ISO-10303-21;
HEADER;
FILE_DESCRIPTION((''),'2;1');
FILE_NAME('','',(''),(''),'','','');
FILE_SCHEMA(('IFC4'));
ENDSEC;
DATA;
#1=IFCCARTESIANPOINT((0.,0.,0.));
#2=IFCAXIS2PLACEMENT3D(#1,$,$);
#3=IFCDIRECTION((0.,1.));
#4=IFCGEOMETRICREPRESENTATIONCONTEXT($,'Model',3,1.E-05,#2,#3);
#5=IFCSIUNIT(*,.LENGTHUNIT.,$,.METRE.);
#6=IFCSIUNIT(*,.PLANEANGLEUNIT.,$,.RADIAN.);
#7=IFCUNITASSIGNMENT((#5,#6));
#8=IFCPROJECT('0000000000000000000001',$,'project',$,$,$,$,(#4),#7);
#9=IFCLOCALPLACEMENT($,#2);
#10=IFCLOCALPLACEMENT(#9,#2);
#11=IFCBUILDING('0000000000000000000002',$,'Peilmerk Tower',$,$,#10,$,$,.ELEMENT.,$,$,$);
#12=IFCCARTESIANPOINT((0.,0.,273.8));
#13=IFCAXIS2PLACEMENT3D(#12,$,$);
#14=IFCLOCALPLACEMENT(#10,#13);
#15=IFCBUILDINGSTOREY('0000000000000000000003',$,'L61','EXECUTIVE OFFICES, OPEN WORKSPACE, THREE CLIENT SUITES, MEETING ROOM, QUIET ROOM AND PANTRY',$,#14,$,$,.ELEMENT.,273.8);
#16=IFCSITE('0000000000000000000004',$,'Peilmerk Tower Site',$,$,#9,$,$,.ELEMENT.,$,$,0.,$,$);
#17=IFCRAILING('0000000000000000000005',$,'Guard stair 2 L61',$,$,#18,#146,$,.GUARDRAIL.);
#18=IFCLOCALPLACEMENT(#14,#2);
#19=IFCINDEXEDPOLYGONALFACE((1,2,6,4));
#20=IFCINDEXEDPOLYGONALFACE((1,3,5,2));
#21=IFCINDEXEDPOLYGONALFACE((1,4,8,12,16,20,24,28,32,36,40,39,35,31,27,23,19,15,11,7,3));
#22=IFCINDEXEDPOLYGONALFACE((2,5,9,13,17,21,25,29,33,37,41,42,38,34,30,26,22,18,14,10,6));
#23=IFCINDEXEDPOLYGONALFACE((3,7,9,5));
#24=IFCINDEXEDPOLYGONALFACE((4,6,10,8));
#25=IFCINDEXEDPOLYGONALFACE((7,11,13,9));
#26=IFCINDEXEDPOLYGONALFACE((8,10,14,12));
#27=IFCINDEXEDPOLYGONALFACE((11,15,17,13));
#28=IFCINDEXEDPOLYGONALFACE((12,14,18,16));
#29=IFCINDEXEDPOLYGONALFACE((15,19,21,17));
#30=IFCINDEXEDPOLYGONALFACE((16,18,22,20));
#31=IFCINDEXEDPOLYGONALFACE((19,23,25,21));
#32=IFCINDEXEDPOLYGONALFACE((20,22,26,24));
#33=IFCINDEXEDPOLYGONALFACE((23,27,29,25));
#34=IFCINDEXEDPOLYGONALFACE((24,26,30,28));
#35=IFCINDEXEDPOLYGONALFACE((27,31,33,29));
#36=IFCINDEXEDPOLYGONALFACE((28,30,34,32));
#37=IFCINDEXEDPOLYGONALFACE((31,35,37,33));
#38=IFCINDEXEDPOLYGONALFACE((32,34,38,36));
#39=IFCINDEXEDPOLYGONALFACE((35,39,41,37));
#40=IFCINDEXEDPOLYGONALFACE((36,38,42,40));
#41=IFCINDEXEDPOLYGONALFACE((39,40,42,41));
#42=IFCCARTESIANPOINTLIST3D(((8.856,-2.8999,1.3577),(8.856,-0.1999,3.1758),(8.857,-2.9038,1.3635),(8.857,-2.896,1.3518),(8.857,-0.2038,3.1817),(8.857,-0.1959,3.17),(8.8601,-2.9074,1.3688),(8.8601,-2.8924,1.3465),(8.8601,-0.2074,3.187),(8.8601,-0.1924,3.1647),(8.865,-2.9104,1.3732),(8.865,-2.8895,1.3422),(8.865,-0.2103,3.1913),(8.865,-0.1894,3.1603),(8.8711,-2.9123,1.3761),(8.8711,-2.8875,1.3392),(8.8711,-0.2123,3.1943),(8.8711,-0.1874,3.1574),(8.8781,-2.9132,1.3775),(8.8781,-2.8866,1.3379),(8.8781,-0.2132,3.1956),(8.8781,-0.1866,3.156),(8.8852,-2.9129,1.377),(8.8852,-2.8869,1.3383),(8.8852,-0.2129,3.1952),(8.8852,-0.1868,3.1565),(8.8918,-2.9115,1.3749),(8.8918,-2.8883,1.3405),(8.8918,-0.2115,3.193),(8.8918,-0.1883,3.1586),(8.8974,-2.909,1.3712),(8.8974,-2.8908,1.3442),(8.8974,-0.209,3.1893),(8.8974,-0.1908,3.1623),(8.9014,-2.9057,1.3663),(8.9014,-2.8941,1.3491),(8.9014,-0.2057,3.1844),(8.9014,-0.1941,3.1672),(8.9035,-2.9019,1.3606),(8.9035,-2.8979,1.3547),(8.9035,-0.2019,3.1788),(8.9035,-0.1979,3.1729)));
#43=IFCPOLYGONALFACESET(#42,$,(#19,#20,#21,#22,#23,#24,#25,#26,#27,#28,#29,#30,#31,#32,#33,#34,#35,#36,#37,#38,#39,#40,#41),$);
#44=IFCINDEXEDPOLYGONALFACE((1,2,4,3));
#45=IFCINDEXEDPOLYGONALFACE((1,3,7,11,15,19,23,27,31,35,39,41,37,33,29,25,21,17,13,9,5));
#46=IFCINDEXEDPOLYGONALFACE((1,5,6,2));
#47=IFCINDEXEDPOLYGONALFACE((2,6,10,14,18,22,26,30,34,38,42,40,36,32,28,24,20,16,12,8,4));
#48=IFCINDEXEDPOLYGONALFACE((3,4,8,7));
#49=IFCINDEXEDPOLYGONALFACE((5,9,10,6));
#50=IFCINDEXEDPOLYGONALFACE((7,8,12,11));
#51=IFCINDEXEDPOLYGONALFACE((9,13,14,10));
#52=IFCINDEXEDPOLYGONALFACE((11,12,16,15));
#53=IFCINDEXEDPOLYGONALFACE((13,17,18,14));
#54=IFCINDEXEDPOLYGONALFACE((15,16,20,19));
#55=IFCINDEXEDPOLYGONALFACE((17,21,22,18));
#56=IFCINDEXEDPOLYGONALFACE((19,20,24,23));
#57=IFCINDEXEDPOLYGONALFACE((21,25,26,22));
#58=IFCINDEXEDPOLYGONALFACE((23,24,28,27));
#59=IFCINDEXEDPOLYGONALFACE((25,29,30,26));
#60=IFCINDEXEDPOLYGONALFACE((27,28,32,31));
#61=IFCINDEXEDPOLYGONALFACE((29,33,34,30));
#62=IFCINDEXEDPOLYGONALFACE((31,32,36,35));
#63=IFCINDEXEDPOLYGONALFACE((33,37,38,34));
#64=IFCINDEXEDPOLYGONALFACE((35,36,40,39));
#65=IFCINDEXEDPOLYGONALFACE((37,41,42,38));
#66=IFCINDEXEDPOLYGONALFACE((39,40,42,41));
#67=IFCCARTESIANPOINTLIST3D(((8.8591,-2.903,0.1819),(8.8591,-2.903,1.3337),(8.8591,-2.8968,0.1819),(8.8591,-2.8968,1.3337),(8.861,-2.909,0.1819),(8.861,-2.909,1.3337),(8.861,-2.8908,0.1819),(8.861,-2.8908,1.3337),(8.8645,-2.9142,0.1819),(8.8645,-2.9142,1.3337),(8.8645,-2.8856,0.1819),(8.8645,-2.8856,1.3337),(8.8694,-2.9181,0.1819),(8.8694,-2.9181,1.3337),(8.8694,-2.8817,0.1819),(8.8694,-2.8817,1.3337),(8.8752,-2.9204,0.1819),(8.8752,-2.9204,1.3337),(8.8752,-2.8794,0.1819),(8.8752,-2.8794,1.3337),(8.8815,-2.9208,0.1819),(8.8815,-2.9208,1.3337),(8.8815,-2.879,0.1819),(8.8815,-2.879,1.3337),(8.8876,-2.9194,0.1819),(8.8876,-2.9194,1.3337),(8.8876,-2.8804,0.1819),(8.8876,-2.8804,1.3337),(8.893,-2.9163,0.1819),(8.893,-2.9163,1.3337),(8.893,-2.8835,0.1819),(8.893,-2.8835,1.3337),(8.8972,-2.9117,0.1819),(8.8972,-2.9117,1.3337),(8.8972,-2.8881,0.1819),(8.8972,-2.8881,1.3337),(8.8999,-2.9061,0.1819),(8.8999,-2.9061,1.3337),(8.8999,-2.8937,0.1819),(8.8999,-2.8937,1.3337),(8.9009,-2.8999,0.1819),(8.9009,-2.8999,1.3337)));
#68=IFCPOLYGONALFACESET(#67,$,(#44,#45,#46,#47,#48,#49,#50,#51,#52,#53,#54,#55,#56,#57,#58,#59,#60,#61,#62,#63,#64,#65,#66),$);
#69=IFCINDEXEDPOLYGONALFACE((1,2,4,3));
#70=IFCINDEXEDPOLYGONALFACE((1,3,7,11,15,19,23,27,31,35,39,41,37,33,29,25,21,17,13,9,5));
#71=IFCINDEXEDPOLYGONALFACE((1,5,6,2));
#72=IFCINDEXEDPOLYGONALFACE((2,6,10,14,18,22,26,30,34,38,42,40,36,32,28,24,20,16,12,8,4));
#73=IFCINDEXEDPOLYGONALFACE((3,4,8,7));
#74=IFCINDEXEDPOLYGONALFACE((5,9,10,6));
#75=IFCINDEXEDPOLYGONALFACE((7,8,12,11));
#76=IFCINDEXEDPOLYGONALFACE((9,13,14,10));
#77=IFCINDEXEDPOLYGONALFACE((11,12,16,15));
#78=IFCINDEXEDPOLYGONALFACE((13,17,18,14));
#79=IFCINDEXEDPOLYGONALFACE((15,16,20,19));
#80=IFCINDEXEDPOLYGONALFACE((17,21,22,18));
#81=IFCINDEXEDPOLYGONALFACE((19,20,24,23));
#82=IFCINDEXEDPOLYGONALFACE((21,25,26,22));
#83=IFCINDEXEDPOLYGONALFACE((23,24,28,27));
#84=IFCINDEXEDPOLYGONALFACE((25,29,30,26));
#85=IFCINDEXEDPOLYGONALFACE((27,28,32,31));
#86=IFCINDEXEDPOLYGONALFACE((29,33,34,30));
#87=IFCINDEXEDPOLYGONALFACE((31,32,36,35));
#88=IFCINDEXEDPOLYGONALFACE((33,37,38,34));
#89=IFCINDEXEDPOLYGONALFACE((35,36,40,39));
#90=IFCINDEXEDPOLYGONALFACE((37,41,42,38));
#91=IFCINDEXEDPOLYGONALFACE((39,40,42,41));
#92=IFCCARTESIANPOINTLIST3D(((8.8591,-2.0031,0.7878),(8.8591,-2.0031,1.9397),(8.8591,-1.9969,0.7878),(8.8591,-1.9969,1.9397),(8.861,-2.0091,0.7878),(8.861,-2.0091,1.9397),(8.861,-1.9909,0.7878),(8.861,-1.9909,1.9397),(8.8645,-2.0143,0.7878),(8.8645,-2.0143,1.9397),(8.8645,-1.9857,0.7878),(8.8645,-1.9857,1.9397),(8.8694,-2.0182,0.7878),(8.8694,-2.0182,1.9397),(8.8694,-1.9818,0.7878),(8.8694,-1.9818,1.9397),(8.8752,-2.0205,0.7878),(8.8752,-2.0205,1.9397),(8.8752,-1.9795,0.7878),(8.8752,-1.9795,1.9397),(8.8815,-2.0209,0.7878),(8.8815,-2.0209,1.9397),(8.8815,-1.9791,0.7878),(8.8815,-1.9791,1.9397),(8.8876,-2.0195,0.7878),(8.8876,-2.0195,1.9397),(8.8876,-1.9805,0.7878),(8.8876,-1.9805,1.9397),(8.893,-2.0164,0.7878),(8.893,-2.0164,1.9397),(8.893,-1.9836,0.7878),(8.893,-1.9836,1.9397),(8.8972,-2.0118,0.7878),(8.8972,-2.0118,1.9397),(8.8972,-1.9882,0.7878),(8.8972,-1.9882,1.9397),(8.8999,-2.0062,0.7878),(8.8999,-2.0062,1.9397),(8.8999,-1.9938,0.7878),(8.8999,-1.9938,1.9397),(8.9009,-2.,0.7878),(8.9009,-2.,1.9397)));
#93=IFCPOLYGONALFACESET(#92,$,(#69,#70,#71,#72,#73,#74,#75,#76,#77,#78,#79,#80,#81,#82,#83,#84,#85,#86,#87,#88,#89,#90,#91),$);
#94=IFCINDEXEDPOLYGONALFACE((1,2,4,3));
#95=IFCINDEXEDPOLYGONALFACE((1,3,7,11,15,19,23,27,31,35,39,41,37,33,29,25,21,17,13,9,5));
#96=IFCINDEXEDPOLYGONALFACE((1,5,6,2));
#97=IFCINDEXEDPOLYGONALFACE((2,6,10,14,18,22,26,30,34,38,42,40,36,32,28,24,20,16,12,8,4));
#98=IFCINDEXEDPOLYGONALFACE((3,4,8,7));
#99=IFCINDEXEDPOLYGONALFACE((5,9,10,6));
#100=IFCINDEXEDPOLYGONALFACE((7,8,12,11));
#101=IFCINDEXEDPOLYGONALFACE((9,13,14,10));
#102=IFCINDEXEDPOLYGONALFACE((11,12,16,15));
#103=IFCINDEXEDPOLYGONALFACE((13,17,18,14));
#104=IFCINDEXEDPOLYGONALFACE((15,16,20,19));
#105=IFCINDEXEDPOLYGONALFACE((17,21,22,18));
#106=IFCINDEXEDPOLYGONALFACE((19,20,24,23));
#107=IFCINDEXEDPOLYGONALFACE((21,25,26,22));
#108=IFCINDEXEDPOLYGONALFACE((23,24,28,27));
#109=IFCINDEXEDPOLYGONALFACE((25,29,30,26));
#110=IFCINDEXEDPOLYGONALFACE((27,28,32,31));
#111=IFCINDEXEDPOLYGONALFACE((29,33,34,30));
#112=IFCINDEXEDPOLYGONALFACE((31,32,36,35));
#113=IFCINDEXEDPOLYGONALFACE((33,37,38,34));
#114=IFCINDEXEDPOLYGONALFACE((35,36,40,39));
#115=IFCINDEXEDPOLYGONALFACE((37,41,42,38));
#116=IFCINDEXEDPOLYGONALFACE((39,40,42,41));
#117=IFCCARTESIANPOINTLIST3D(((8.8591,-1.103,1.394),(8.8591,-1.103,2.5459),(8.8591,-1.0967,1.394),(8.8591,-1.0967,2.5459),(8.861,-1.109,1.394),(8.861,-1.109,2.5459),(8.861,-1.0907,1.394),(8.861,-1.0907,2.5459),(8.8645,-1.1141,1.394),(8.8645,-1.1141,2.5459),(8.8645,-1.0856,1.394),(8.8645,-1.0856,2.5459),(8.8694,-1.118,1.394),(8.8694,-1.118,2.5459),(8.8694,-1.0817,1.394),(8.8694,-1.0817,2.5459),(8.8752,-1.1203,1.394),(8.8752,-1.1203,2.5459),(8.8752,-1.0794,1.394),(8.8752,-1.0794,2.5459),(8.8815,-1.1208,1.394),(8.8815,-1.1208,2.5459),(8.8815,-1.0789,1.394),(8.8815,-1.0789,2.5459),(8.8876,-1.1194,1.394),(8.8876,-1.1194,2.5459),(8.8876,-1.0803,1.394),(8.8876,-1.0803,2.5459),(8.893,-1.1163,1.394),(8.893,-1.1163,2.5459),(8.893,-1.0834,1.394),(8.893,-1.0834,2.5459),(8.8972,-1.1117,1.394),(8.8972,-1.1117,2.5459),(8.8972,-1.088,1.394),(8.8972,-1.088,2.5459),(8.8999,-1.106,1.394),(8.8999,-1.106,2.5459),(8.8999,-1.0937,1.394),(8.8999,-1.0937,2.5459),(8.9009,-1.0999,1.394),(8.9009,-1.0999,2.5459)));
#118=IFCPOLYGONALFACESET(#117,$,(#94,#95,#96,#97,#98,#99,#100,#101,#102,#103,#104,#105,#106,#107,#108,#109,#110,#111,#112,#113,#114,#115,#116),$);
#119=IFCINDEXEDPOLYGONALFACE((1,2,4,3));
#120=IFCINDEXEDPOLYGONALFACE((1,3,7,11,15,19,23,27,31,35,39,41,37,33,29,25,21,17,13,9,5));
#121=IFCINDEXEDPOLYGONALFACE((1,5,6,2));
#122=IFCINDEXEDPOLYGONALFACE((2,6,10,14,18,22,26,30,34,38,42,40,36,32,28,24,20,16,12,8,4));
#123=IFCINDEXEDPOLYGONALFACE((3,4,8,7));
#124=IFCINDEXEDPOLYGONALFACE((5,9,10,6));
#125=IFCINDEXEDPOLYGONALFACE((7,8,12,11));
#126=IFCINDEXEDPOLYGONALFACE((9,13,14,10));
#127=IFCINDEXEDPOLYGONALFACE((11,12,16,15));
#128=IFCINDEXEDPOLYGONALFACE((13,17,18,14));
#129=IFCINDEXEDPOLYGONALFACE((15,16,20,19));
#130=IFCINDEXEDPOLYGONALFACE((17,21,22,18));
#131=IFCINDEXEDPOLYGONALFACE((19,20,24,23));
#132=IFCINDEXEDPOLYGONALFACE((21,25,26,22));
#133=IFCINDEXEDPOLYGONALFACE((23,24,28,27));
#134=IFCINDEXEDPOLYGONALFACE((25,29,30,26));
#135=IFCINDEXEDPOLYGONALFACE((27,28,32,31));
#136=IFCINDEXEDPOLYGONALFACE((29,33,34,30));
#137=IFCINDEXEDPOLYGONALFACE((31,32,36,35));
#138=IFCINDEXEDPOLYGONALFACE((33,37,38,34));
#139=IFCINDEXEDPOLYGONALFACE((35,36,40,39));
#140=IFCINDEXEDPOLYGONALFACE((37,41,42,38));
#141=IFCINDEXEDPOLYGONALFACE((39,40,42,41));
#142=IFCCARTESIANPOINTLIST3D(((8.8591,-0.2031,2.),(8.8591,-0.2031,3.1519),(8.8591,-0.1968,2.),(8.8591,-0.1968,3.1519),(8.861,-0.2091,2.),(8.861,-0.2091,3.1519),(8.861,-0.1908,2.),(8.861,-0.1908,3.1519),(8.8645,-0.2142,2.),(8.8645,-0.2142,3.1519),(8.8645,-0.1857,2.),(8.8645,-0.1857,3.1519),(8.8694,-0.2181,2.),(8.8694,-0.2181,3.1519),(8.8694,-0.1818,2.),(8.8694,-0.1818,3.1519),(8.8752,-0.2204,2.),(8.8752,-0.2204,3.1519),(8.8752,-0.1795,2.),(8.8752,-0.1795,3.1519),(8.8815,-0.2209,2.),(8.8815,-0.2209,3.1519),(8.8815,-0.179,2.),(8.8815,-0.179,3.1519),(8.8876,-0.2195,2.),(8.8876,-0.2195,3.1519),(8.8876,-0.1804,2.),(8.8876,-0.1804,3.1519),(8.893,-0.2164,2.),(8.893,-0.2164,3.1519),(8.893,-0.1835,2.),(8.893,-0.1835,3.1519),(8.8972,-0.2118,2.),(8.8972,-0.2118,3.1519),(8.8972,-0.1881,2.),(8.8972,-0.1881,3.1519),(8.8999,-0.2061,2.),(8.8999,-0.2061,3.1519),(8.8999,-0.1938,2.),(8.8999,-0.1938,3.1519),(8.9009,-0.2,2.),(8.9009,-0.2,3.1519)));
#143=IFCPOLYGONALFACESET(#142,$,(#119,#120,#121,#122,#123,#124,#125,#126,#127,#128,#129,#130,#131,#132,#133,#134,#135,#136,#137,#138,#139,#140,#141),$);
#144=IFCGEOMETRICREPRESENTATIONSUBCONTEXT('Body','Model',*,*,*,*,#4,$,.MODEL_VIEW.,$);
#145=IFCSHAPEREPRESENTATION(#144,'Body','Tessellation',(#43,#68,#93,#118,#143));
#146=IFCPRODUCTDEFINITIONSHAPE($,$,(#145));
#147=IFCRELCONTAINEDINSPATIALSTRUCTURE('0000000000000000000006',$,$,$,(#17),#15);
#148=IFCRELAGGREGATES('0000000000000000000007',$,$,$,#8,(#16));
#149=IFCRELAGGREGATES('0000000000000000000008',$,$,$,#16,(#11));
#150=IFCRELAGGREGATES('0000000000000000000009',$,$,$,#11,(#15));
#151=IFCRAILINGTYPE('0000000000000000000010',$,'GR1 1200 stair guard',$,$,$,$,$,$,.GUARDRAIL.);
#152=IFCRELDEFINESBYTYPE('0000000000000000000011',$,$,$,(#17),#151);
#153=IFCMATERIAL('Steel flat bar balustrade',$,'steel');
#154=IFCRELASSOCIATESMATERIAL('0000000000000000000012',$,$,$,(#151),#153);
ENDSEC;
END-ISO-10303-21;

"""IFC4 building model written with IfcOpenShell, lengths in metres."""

from ifc_helpers import new_model, si_unit, direction, frame, origin, origin_2d, place, context, subcontext, project, spatial, circle, extrude, material, type_object, element, save


model = new_model("IFC4")

# Units and contexts
model_context = context("Model", 3, precision=1e-05, world=origin(), true_north=direction((0.0, 1.0)))
body_context = subcontext(model_context, "Body", "Model", "MODEL_VIEW")
ifc_project = project(units=[si_unit("LENGTHUNIT", "METRE"), si_unit("PLANEANGLEUNIT", "RADIAN")], contexts=[model_context])

# Site, building, storey
site_placement = place(None, origin())
site = spatial("IfcSite", under=ifc_project, at=site_placement, Name="Peilmerk Tower Site", CompositionType="ELEMENT", RefElevation=0.0)
building_placement = place(site_placement, origin())
building = spatial("IfcBuilding", under=site, at=building_placement, Name="Peilmerk Tower", CompositionType="ELEMENT")
storey_placement = place(building_placement, frame((0.0, 0.0, 273.8)))
storey = spatial("IfcBuildingStorey", under=building, at=storey_placement, Name="L61", Description="EXECUTIVE OFFICES, OPEN WORKSPACE, THREE CLIENT SUITES, MEETING ROOM, QUIET ROOM AND PANTRY", CompositionType="ELEMENT", Elevation=273.8)

# Railing
ifc_material_1 = material(Name="Steel flat bar balustrade", Category="steel")
railing_type_1 = type_object("IfcRailingType", Name="GR1 1200 stair guard", PredefinedType="GUARDRAIL", material=ifc_material_1)
railing_1_placement = place(storey_placement, frame((8.8799, -2.8999, 0.1819)))
element("IfcRailing", 1, at=railing_1_placement, inside=storey, type_object=railing_type_1, Name="Guard stair 2 L61", PredefinedType="GUARDRAIL", context=body_context, shape_type="SweptSolid", body=[
    extrude(circle(Radius=0.0239, at=origin_2d()), frame((0.0, 0.0, 1.1758), z_axis=(0.0, 0.829468, 0.558554), x_axis=(-1.0, 0.0, 0.0)), (0.0, 0.0, 1.0), 3.2551),
    extrude(circle(Radius=0.021, at=origin_2d()), origin(), (0.0, 0.0, 1.0), 1.1519),
    extrude(circle(Radius=0.021, at=origin_2d()), frame((0.0, 0.8999, 0.606)), (0.0, 0.0, 1.0), 1.1519),
    extrude(circle(Radius=0.021, at=origin_2d()), frame((0.0, 1.8, 1.2122)), (0.0, 0.0, 1.0), 1.1519),
    extrude(circle(Radius=0.021, at=origin_2d()), frame((0.0, 2.7, 1.8181)), (0.0, 0.0, 1.0), 1.1519),
])

save(model, "model.ifc")
